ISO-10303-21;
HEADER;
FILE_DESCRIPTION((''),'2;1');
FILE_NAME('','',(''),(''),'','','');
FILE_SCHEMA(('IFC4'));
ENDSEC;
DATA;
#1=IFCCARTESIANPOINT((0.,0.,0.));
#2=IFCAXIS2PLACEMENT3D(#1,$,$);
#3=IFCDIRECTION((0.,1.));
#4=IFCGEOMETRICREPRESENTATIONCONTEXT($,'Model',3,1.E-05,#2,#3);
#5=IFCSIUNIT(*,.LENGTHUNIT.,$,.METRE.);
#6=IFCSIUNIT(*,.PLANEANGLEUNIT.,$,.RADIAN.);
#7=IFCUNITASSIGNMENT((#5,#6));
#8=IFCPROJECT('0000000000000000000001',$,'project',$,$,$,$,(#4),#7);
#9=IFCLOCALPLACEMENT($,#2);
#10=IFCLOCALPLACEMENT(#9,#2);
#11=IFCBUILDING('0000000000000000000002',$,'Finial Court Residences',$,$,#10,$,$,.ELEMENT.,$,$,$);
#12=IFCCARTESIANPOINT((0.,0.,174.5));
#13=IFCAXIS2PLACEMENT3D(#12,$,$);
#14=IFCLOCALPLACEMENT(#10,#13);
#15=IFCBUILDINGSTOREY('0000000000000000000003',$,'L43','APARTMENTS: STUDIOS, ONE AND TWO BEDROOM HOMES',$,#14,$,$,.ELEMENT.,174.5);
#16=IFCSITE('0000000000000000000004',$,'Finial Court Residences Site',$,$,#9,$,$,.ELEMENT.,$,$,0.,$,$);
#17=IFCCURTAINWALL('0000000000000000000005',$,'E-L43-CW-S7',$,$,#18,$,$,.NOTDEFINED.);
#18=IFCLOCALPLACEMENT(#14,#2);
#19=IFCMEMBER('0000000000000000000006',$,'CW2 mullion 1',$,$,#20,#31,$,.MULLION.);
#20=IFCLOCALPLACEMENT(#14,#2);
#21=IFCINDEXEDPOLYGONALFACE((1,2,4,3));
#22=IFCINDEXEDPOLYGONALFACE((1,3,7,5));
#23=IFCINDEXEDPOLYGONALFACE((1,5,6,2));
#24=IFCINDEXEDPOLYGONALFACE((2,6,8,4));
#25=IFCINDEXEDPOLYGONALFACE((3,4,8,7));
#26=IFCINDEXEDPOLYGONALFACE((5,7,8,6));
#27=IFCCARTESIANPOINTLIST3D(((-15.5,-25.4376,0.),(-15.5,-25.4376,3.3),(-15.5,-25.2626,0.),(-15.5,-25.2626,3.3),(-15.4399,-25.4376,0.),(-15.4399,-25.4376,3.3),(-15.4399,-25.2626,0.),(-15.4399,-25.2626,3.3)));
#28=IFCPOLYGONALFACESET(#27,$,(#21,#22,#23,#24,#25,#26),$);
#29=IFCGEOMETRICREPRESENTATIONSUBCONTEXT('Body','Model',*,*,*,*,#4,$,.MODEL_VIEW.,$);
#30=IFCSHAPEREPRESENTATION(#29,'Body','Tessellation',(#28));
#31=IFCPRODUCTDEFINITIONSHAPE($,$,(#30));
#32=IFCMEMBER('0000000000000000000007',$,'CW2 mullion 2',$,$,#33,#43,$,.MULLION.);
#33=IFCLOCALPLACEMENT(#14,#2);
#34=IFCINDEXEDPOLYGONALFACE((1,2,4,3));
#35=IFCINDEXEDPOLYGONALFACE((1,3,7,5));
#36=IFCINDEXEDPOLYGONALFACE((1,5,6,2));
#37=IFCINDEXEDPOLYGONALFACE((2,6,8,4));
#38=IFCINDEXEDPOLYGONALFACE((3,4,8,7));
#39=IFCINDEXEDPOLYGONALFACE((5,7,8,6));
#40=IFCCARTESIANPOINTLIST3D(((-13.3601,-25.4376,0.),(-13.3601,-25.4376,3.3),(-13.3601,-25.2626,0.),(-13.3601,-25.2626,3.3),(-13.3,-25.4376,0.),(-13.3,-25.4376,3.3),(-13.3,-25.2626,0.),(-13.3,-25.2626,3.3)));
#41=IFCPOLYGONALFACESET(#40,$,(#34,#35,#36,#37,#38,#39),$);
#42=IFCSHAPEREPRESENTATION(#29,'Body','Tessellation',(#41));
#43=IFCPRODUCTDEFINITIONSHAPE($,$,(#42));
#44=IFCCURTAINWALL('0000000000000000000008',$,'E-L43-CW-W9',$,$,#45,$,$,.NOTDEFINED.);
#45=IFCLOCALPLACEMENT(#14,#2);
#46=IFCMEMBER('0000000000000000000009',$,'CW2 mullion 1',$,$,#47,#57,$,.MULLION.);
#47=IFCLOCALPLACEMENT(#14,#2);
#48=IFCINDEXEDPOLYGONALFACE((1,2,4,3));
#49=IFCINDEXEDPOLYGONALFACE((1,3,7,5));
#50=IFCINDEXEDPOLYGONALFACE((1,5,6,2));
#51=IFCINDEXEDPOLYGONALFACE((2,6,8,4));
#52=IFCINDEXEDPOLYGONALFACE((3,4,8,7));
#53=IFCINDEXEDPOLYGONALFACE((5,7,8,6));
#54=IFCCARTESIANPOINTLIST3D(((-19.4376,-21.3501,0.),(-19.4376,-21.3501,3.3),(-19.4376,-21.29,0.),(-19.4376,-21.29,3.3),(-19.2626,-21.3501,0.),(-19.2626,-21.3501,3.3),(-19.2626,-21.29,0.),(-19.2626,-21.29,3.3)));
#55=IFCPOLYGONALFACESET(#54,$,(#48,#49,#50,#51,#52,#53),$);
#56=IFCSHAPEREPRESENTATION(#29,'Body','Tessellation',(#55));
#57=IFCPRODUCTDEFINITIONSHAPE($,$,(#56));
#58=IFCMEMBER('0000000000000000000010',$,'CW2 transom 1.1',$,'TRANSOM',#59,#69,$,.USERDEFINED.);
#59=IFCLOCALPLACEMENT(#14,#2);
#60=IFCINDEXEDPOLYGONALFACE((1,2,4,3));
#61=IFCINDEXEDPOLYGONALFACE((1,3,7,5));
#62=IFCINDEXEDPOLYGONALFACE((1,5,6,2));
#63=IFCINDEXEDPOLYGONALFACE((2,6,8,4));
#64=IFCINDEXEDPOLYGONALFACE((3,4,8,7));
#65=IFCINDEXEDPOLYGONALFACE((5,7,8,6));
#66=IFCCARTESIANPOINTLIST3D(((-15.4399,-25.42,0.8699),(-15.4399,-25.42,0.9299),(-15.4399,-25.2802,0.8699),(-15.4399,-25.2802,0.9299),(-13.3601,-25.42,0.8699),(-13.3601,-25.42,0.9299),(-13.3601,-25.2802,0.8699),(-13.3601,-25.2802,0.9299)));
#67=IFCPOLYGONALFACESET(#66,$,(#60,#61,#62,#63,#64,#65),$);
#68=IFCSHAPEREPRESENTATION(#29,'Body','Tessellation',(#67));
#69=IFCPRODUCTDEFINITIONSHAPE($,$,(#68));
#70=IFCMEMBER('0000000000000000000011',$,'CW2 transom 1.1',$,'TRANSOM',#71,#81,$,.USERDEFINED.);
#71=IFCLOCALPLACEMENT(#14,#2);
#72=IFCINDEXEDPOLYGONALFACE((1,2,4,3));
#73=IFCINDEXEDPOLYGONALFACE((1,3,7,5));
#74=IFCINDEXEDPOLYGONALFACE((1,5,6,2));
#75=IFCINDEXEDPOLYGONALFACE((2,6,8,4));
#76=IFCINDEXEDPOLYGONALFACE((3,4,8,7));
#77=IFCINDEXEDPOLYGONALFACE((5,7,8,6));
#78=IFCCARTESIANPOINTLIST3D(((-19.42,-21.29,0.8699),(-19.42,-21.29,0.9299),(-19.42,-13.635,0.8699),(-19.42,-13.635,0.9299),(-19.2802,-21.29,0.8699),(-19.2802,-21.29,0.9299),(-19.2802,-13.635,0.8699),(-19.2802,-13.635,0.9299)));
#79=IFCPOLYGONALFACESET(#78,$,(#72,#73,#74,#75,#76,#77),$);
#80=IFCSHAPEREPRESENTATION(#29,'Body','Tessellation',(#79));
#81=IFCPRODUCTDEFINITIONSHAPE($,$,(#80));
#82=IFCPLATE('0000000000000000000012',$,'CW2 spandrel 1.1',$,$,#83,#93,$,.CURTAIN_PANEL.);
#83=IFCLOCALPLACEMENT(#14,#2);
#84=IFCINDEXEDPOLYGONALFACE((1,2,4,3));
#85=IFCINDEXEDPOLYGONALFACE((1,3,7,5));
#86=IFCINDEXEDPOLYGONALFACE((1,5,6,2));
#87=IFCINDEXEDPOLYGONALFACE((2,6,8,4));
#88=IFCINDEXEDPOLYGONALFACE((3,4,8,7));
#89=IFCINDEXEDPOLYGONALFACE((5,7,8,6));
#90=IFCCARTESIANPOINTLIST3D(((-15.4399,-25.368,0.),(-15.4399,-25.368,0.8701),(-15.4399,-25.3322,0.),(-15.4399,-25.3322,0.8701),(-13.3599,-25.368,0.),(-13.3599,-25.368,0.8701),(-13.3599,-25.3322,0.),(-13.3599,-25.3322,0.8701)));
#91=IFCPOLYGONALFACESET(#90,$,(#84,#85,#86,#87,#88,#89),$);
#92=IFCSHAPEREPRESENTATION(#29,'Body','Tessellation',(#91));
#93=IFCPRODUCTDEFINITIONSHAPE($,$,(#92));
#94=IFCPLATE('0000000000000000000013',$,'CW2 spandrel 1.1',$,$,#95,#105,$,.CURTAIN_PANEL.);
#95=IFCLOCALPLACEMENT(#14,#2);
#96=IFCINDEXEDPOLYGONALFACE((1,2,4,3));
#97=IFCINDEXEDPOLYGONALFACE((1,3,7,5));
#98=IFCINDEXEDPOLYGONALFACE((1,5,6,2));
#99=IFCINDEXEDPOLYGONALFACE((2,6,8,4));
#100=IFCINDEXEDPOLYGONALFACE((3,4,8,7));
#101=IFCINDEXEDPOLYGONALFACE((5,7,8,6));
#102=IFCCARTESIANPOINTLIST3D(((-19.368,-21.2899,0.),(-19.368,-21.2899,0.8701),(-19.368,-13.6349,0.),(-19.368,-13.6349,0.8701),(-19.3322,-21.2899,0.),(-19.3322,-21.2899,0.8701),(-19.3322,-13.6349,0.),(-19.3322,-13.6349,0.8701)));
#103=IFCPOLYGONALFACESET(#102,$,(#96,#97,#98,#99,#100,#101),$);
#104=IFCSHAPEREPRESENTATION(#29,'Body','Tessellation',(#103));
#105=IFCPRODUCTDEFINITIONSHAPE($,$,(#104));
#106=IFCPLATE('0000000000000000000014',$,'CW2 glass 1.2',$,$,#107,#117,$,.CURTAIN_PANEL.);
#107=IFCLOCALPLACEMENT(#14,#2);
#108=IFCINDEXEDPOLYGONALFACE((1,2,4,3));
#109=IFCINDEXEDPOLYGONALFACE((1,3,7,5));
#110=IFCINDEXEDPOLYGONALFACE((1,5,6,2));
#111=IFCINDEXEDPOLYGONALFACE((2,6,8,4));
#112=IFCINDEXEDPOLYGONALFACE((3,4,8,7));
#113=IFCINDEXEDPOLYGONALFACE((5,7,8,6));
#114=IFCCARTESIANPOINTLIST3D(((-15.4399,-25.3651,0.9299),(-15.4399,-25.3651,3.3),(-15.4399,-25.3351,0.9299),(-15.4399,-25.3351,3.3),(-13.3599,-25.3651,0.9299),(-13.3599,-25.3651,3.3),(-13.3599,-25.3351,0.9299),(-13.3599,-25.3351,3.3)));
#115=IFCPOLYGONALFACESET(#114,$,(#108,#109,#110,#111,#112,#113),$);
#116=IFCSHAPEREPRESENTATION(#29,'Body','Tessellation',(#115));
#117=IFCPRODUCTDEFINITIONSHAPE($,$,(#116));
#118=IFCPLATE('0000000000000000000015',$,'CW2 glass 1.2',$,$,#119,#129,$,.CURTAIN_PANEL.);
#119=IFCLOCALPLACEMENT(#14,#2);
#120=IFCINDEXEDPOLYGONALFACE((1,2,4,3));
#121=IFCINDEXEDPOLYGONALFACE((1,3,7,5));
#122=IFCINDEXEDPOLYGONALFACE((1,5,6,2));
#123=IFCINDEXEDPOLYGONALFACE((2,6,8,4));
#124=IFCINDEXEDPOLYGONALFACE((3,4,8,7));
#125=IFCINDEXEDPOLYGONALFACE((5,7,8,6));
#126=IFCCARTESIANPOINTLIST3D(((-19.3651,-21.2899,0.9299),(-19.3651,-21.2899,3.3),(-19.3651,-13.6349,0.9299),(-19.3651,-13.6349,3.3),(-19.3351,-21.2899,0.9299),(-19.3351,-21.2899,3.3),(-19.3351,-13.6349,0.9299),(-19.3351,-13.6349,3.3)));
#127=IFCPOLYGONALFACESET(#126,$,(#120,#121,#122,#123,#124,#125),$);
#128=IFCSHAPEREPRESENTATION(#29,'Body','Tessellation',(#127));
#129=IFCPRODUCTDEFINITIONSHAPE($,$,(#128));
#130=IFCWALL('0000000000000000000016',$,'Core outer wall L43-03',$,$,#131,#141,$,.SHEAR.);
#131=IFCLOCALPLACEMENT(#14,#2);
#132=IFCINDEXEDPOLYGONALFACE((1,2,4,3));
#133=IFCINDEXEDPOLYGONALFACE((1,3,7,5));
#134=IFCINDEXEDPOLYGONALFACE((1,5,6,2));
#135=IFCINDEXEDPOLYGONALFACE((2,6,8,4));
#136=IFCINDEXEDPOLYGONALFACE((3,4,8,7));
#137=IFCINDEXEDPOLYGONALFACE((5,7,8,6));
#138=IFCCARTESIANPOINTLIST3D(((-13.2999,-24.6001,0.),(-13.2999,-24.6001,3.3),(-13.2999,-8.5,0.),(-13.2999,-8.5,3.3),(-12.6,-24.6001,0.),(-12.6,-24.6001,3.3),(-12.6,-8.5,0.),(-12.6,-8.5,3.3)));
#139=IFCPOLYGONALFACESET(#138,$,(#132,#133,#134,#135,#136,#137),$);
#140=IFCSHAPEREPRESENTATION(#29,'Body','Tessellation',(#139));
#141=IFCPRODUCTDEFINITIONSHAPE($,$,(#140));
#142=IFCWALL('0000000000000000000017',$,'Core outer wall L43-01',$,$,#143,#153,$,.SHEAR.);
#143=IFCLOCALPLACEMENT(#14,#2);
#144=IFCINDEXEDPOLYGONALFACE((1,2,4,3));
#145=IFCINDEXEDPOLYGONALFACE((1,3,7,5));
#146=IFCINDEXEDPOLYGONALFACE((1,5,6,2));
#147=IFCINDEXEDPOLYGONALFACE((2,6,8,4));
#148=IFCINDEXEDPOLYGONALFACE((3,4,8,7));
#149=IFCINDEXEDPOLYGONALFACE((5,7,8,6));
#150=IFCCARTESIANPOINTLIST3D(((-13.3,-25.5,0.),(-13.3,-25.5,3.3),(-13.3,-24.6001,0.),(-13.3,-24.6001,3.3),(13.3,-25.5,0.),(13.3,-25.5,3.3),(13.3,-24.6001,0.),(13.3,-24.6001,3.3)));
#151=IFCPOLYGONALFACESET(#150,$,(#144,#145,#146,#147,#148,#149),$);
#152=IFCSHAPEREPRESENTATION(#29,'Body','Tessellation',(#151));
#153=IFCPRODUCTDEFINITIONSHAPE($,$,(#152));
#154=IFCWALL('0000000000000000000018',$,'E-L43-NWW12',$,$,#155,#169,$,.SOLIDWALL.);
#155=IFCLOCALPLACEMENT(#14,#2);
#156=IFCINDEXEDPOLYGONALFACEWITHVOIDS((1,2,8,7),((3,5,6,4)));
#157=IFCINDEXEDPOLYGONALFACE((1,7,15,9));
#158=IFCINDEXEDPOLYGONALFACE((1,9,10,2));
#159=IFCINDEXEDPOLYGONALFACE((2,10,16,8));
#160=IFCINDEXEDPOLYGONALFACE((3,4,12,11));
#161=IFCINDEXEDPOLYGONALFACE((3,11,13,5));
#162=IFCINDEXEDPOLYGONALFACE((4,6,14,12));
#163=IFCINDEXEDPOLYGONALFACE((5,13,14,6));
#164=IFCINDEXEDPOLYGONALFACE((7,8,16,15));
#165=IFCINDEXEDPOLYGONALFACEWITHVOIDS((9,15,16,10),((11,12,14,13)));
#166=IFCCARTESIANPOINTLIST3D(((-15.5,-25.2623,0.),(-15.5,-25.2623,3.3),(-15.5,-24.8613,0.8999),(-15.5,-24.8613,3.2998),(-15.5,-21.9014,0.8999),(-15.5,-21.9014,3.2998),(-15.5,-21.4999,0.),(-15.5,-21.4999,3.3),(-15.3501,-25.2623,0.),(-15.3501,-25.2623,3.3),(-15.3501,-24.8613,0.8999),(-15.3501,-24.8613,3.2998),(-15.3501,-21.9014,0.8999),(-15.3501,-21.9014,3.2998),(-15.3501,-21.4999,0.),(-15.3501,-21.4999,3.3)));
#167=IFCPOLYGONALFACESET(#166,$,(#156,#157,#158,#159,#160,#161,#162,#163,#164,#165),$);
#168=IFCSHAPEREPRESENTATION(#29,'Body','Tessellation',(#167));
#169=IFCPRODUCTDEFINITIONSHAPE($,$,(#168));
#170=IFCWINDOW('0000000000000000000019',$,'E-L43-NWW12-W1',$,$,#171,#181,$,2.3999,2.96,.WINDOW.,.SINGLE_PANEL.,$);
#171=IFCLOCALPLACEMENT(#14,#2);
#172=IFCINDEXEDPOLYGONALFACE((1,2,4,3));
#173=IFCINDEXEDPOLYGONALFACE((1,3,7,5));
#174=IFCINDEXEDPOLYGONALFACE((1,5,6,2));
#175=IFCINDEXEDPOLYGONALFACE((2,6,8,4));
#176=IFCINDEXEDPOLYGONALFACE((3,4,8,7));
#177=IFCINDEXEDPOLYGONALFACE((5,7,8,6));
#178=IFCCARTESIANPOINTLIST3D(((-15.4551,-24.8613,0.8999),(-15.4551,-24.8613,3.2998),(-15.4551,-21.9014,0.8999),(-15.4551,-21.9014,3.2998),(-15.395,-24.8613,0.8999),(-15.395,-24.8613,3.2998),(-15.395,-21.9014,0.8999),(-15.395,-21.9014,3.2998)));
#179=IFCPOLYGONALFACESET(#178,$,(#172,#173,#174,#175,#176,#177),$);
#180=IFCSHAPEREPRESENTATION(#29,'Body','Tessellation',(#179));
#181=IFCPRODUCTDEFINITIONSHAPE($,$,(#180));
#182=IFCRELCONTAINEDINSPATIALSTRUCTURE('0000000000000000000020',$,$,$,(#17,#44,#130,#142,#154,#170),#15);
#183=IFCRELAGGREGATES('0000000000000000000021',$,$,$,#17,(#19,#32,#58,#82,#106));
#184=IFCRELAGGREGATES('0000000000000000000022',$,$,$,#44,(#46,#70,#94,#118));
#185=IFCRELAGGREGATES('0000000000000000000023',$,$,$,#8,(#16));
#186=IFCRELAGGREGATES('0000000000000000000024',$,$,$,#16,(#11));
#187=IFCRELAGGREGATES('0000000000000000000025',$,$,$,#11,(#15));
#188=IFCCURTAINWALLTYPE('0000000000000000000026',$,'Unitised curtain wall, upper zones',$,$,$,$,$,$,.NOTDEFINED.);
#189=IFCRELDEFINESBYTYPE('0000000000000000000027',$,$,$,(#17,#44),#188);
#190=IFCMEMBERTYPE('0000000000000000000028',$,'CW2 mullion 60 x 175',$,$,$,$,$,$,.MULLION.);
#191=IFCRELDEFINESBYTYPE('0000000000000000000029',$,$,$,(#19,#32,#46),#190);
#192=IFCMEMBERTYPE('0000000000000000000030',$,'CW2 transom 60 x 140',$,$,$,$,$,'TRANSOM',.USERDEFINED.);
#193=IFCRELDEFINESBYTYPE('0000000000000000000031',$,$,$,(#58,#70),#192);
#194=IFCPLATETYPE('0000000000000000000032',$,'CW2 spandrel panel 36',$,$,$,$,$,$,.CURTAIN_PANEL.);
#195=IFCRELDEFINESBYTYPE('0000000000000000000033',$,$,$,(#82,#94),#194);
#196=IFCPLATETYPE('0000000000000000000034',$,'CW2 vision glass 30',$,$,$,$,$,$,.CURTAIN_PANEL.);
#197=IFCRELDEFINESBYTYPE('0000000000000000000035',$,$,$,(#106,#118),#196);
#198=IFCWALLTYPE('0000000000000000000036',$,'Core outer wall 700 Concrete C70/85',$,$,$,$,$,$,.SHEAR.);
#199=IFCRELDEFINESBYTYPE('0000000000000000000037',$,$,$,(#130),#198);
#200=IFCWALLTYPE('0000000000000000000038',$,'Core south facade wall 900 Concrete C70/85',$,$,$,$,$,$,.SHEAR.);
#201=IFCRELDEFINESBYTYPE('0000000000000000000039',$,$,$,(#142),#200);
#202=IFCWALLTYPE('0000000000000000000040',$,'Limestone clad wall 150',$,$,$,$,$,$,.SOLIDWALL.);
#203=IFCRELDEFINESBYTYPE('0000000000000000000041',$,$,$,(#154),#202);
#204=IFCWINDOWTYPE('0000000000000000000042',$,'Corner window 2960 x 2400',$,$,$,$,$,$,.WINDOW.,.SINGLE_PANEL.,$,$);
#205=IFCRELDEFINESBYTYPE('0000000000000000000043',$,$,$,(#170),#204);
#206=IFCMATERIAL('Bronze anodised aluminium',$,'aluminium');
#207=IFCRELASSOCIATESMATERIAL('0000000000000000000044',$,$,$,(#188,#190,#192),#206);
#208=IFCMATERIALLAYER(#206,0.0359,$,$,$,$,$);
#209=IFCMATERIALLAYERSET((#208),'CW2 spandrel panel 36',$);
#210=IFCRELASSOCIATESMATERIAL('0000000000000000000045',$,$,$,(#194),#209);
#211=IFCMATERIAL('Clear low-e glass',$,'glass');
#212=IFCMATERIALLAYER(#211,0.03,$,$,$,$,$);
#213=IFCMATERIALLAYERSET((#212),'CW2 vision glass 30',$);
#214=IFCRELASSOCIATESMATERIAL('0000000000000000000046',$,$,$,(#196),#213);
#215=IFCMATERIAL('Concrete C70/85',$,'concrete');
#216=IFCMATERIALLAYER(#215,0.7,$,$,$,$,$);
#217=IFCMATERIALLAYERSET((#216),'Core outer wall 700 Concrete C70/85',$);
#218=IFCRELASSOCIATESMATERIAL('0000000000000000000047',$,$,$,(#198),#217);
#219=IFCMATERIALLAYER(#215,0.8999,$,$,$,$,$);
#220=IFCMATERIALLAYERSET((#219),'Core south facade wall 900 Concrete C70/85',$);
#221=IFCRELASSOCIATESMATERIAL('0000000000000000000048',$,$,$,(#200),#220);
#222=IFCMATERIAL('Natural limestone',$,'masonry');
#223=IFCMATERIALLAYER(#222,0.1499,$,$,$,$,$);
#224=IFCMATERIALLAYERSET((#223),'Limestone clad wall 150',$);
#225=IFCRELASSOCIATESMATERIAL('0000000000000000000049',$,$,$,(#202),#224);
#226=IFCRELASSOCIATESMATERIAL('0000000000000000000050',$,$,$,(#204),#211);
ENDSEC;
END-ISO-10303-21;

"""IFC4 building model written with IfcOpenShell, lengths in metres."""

from ifc_helpers import new_model, si_unit, direction, frame, frame_2d, origin, origin_2d, place, context, subcontext, project, spatial, rectangle, extrude, material, layer, layer_set, material_profile, profile_set, type_object, element, fill, aggregate, save


model = new_model("IFC4")

# Units and contexts
model_context = context("Model", 3, precision=1e-05, world=origin(), true_north=direction((0.0, 1.0)))
body_context = subcontext(model_context, "Body", "Model", "MODEL_VIEW")
ifc_project = project(units=[si_unit("LENGTHUNIT", "METRE"), si_unit("PLANEANGLEUNIT", "RADIAN")], contexts=[model_context])

# Site, building, storey
site_placement = place(None, origin())
site = spatial("IfcSite", under=ifc_project, at=site_placement, Name="Finial Court Residences Site", CompositionType="ELEMENT", RefElevation=0.0)
building_placement = place(site_placement, origin())
building = spatial("IfcBuilding", under=site, at=building_placement, Name="Finial Court Residences", CompositionType="ELEMENT")
storey_placement = place(building_placement, frame((0.0, 0.0, 174.5)))
storey = spatial("IfcBuildingStorey", under=building, at=storey_placement, Name="L43", Description="APARTMENTS: STUDIOS, ONE AND TWO BEDROOM HOMES", CompositionType="ELEMENT", Elevation=174.5)

# Curtain wall, members
ifc_material_1 = material(Name="Bronze anodised aluminium", Category="aluminium")
curtain_wall_type = type_object("IfcCurtainWallType", Name="Unitised curtain wall, upper zones", PredefinedType="NOTDEFINED", material=ifc_material_1)
curtain_wall_1_placement = place(storey_placement, origin())
curtain_wall_1 = element("IfcCurtainWall", 1, at=curtain_wall_1_placement, inside=storey, type_object=curtain_wall_type, Name="E-L43-CW-S7", PredefinedType="NOTDEFINED")
ifc_material_profile_1 = material_profile(ifc_material_1, rectangle(XDim=0.175, YDim=0.0601, at=origin_2d()), Name="CW2 mullion 60 x 175")
ifc_profile_set_1 = profile_set([ifc_material_profile_1], Name="Bronze anodised aluminium")
member_type_1 = type_object("IfcMemberType", Name="CW2 mullion 60 x 175", PredefinedType="MULLION", material=ifc_profile_set_1)
member_1_placement = place(storey_placement, frame((-15.47, -25.3501, 0.0), z_axis=(0.0, 0.0, 1.0), x_axis=(0.0, 1.0, 0.0)))
member_1 = element("IfcMember", 2, at=member_1_placement, type_object=member_type_1, Name="CW2 mullion 1", PredefinedType="MULLION", context=body_context, shape_type="SweptSolid", body=[
    extrude(rectangle(XDim=0.175, YDim=0.0601, at=origin_2d()), origin(), (0.0, 0.0, 1.0), 3.3),
])
member_2_placement = place(storey_placement, frame((-13.3301, -25.3501, 0.0), z_axis=(0.0, 0.0, 1.0), x_axis=(0.0, 1.0, 0.0)))
member_2 = element("IfcMember", 3, at=member_2_placement, type_object=member_type_1, Name="CW2 mullion 2", PredefinedType="MULLION", context=body_context, shape_type="SweptSolid", body=[
    extrude(rectangle(XDim=0.175, YDim=0.0601, at=origin_2d()), origin(), (0.0, 0.0, 1.0), 3.3),
])

# Curtain wall, member
curtain_wall_2_placement = place(storey_placement, origin())
curtain_wall_2 = element("IfcCurtainWall", 4, at=curtain_wall_2_placement, inside=storey, type_object=curtain_wall_type, Name="E-L43-CW-W9", PredefinedType="NOTDEFINED")
member_3_placement = place(storey_placement, frame((-19.3501, -21.3201, 0.0), z_axis=(0.0, 0.0, 1.0), x_axis=(-1.0, 0.0, 0.0)))
member_3 = element("IfcMember", 5, at=member_3_placement, type_object=member_type_1, Name="CW2 mullion 1", PredefinedType="MULLION", context=body_context, shape_type="SweptSolid", body=[
    extrude(rectangle(XDim=0.175, YDim=0.0601, at=origin_2d()), origin(), (0.0, 0.0, 1.0), 3.3),
])

# Members
ifc_material_profile_2 = material_profile(ifc_material_1, rectangle(XDim=0.1399, YDim=0.0601, at=origin_2d()), Name="CW2 transom 60 x 140")
ifc_profile_set_2 = profile_set([ifc_material_profile_2], Name="Bronze anodised aluminium")
member_type_2 = type_object("IfcMemberType", Name="CW2 transom 60 x 140", ElementType="TRANSOM", PredefinedType="USERDEFINED", material=ifc_profile_set_2)
member_4_placement = place(storey_placement, frame((-15.4399, -25.3501, 0.8999), z_axis=(1.0, 0.0, 0.0), x_axis=(0.0, 1.0, 0.0)))
member_4 = element("IfcMember", 6, at=member_4_placement, type_object=member_type_2, Name="CW2 transom 1.1", ObjectType="TRANSOM", PredefinedType="USERDEFINED", context=body_context, shape_type="SweptSolid", body=[
    extrude(rectangle(XDim=0.1399, YDim=0.0601, at=origin_2d()), origin(), (0.0, 0.0, 1.0), 2.0798),
])
member_5_placement = place(storey_placement, frame((-19.3501, -21.29, 0.8999), z_axis=(0.0, 1.0, 0.0), x_axis=(-1.0, 0.0, 0.0)))
member_5 = element("IfcMember", 7, at=member_5_placement, type_object=member_type_2, Name="CW2 transom 1.1", ObjectType="TRANSOM", PredefinedType="USERDEFINED", context=body_context, shape_type="SweptSolid", body=[
    extrude(rectangle(XDim=0.1399, YDim=0.0601, at=origin_2d()), origin(), (0.0, 0.0, 1.0), 7.655),
])

# Plates
ifc_layer_1 = layer(ifc_material_1, 0.0359)
ifc_layer_set_1 = layer_set([ifc_layer_1], Name="CW2 spandrel panel 36")
plate_type_1 = type_object("IfcPlateType", Name="CW2 spandrel panel 36", PredefinedType="CURTAIN_PANEL", material=ifc_layer_set_1)
plate_1_placement = place(storey_placement, frame((-14.3999, -25.3501, 0.0), z_axis=(0.0, 0.0, 1.0), x_axis=(1.0, 0.0, 0.0)))
plate_1 = element("IfcPlate", 8, at=plate_1_placement, type_object=plate_type_1, Name="CW2 spandrel 1.1", PredefinedType="CURTAIN_PANEL", context=body_context, shape_type="SweptSolid", body=[
    extrude(rectangle(XDim=2.0801, YDim=0.0359, at=origin_2d()), origin(), (0.0, 0.0, 1.0), 0.8701),
])
plate_2_placement = place(storey_placement, frame((-19.3501, -17.4624, 0.0), z_axis=(0.0, 0.0, 1.0), x_axis=(0.0, 1.0, 0.0)))
plate_2 = element("IfcPlate", 9, at=plate_2_placement, type_object=plate_type_1, Name="CW2 spandrel 1.1", PredefinedType="CURTAIN_PANEL", context=body_context, shape_type="SweptSolid", body=[
    extrude(rectangle(XDim=7.655, YDim=0.0359, at=origin_2d()), origin(), (0.0, 0.0, 1.0), 0.8701),
])
ifc_material_2 = material(Name="Clear low-e glass", Category="glass")
ifc_layer_2 = layer(ifc_material_2, 0.03)
ifc_layer_set_2 = layer_set([ifc_layer_2], Name="CW2 vision glass 30")
plate_type_2 = type_object("IfcPlateType", Name="CW2 vision glass 30", PredefinedType="CURTAIN_PANEL", material=ifc_layer_set_2)
plate_3_placement = place(storey_placement, frame((-14.3999, -25.3501, 0.9299), z_axis=(0.0, 0.0, 1.0), x_axis=(1.0, 0.0, 0.0)))
plate_3 = element("IfcPlate", 10, at=plate_3_placement, type_object=plate_type_2, Name="CW2 glass 1.2", PredefinedType="CURTAIN_PANEL", context=body_context, shape_type="SweptSolid", body=[
    extrude(rectangle(XDim=2.0801, YDim=0.03, at=origin_2d()), origin(), (0.0, 0.0, 1.0), 2.3701),
])
aggregate(curtain_wall_1, [member_1, member_2, member_4, plate_1, plate_3])
plate_4_placement = place(storey_placement, frame((-19.3501, -17.4624, 0.9299), z_axis=(0.0, 0.0, 1.0), x_axis=(0.0, 1.0, 0.0)))
plate_4 = element("IfcPlate", 11, at=plate_4_placement, type_object=plate_type_2, Name="CW2 glass 1.2", PredefinedType="CURTAIN_PANEL", context=body_context, shape_type="SweptSolid", body=[
    extrude(rectangle(XDim=7.655, YDim=0.03, at=origin_2d()), origin(), (0.0, 0.0, 1.0), 2.3701),
])
aggregate(curtain_wall_2, [member_3, member_5, plate_2, plate_4])

# Walls
ifc_material_3 = material(Name="Concrete C70/85", Category="concrete")
ifc_layer_3 = layer(ifc_material_3, 0.7)
ifc_layer_set_3 = layer_set([ifc_layer_3], Name="Core outer wall 700 Concrete C70/85")
wall_type_1 = type_object("IfcWallType", Name="Core outer wall 700 Concrete C70/85", PredefinedType="SHEAR", material=ifc_layer_set_3)
wall_1_placement = place(storey_placement, frame((-12.95, -24.6001, 0.0), z_axis=(0.0, 0.0, 1.0), x_axis=(0.0, 1.0, 0.0)))
element("IfcWall", 12, at=wall_1_placement, inside=storey, type_object=wall_type_1, Name="Core outer wall L43-03", PredefinedType="SHEAR", context=body_context, shape_type="SweptSolid", body=[
    extrude(rectangle(XDim=16.1001, YDim=0.7, at=frame_2d((8.05, 0.0))), origin(), (0.0, 0.0, 1.0), 3.3),
])
ifc_layer_4 = layer(ifc_material_3, 0.8999)
ifc_layer_set_4 = layer_set([ifc_layer_4], Name="Core south facade wall 900 Concrete C70/85")
wall_type_2 = type_object("IfcWallType", Name="Core south facade wall 900 Concrete C70/85", PredefinedType="SHEAR", material=ifc_layer_set_4)
wall_2_placement = place(storey_placement, frame((-13.3, -25.05, 0.0), z_axis=(0.0, 0.0, 1.0), x_axis=(1.0, 0.0, 0.0)))
element("IfcWall", 13, at=wall_2_placement, inside=storey, type_object=wall_type_2, Name="Core outer wall L43-01", PredefinedType="SHEAR", context=body_context, shape_type="SweptSolid", body=[
    extrude(rectangle(XDim=26.6001, YDim=0.8999, at=frame_2d((13.3, 0.0))), origin(), (0.0, 0.0, 1.0), 3.3),
])

# Wall, opening, window
ifc_material_4 = material(Name="Natural limestone", Category="masonry")
ifc_layer_5 = layer(ifc_material_4, 0.1499)
ifc_layer_set_5 = layer_set([ifc_layer_5], Name="Limestone clad wall 150")
wall_type_3 = type_object("IfcWallType", Name="Limestone clad wall 150", PredefinedType="SOLIDWALL", material=ifc_layer_set_5)
wall_3_placement = place(storey_placement, frame((-15.425, -25.2625, 0.0), z_axis=(0.0, 0.0, 1.0), x_axis=(0.0, 1.0, 0.0)))
wall_3 = element("IfcWall", 14, at=wall_3_placement, inside=storey, type_object=wall_type_3, Name="E-L43-NWW12", PredefinedType="SOLIDWALL", context=body_context, shape_type="SweptSolid", body=[
    extrude(rectangle(XDim=3.7625, YDim=0.1499, at=frame_2d((1.8813, 0.0))), origin(), (0.0, 0.0, 1.0), 3.3),
])
opening_1_placement = place(wall_3_placement, frame((0.4011, 0.0, 0.8999)))
opening_1 = element("IfcOpeningElement", 15, at=opening_1_placement, cuts=wall_3, PredefinedType="OPENING", context=body_context, shape_type="SweptSolid", body=[
    extrude(rectangle(XDim=2.96, YDim=2.3999, at=frame_2d((1.48, 1.2))), frame((0.0, 0.085, 0.0), z_axis=(0.0, -1.0, 0.0), x_axis=(1.0, 0.0, 0.0)), (0.0, 0.0, 1.0), 0.1699),
])
window_type_1 = type_object("IfcWindowType", Name="Corner window 2960 x 2400", PartitioningType="SINGLE_PANEL", PredefinedType="WINDOW", material=ifc_material_2)
window_1_placement = place(opening_1_placement, origin())
window_1 = element("IfcWindow", 16, at=window_1_placement, inside=storey, type_object=window_type_1, Name="E-L43-NWW12-W1", OverallHeight=2.3999, OverallWidth=2.96, PartitioningType="SINGLE_PANEL", PredefinedType="WINDOW", context=body_context, shape_type="SweptSolid", body=[
    extrude(rectangle(XDim=2.96, YDim=2.3999, at=frame_2d((1.48, 1.2))), frame((0.0, 0.03, 0.0), z_axis=(0.0, -1.0, 0.0), x_axis=(1.0, 0.0, 0.0)), (0.0, 0.0, 1.0), 0.0601),
])
fill(opening_1, window_1)

save(model, "model.ifc")
